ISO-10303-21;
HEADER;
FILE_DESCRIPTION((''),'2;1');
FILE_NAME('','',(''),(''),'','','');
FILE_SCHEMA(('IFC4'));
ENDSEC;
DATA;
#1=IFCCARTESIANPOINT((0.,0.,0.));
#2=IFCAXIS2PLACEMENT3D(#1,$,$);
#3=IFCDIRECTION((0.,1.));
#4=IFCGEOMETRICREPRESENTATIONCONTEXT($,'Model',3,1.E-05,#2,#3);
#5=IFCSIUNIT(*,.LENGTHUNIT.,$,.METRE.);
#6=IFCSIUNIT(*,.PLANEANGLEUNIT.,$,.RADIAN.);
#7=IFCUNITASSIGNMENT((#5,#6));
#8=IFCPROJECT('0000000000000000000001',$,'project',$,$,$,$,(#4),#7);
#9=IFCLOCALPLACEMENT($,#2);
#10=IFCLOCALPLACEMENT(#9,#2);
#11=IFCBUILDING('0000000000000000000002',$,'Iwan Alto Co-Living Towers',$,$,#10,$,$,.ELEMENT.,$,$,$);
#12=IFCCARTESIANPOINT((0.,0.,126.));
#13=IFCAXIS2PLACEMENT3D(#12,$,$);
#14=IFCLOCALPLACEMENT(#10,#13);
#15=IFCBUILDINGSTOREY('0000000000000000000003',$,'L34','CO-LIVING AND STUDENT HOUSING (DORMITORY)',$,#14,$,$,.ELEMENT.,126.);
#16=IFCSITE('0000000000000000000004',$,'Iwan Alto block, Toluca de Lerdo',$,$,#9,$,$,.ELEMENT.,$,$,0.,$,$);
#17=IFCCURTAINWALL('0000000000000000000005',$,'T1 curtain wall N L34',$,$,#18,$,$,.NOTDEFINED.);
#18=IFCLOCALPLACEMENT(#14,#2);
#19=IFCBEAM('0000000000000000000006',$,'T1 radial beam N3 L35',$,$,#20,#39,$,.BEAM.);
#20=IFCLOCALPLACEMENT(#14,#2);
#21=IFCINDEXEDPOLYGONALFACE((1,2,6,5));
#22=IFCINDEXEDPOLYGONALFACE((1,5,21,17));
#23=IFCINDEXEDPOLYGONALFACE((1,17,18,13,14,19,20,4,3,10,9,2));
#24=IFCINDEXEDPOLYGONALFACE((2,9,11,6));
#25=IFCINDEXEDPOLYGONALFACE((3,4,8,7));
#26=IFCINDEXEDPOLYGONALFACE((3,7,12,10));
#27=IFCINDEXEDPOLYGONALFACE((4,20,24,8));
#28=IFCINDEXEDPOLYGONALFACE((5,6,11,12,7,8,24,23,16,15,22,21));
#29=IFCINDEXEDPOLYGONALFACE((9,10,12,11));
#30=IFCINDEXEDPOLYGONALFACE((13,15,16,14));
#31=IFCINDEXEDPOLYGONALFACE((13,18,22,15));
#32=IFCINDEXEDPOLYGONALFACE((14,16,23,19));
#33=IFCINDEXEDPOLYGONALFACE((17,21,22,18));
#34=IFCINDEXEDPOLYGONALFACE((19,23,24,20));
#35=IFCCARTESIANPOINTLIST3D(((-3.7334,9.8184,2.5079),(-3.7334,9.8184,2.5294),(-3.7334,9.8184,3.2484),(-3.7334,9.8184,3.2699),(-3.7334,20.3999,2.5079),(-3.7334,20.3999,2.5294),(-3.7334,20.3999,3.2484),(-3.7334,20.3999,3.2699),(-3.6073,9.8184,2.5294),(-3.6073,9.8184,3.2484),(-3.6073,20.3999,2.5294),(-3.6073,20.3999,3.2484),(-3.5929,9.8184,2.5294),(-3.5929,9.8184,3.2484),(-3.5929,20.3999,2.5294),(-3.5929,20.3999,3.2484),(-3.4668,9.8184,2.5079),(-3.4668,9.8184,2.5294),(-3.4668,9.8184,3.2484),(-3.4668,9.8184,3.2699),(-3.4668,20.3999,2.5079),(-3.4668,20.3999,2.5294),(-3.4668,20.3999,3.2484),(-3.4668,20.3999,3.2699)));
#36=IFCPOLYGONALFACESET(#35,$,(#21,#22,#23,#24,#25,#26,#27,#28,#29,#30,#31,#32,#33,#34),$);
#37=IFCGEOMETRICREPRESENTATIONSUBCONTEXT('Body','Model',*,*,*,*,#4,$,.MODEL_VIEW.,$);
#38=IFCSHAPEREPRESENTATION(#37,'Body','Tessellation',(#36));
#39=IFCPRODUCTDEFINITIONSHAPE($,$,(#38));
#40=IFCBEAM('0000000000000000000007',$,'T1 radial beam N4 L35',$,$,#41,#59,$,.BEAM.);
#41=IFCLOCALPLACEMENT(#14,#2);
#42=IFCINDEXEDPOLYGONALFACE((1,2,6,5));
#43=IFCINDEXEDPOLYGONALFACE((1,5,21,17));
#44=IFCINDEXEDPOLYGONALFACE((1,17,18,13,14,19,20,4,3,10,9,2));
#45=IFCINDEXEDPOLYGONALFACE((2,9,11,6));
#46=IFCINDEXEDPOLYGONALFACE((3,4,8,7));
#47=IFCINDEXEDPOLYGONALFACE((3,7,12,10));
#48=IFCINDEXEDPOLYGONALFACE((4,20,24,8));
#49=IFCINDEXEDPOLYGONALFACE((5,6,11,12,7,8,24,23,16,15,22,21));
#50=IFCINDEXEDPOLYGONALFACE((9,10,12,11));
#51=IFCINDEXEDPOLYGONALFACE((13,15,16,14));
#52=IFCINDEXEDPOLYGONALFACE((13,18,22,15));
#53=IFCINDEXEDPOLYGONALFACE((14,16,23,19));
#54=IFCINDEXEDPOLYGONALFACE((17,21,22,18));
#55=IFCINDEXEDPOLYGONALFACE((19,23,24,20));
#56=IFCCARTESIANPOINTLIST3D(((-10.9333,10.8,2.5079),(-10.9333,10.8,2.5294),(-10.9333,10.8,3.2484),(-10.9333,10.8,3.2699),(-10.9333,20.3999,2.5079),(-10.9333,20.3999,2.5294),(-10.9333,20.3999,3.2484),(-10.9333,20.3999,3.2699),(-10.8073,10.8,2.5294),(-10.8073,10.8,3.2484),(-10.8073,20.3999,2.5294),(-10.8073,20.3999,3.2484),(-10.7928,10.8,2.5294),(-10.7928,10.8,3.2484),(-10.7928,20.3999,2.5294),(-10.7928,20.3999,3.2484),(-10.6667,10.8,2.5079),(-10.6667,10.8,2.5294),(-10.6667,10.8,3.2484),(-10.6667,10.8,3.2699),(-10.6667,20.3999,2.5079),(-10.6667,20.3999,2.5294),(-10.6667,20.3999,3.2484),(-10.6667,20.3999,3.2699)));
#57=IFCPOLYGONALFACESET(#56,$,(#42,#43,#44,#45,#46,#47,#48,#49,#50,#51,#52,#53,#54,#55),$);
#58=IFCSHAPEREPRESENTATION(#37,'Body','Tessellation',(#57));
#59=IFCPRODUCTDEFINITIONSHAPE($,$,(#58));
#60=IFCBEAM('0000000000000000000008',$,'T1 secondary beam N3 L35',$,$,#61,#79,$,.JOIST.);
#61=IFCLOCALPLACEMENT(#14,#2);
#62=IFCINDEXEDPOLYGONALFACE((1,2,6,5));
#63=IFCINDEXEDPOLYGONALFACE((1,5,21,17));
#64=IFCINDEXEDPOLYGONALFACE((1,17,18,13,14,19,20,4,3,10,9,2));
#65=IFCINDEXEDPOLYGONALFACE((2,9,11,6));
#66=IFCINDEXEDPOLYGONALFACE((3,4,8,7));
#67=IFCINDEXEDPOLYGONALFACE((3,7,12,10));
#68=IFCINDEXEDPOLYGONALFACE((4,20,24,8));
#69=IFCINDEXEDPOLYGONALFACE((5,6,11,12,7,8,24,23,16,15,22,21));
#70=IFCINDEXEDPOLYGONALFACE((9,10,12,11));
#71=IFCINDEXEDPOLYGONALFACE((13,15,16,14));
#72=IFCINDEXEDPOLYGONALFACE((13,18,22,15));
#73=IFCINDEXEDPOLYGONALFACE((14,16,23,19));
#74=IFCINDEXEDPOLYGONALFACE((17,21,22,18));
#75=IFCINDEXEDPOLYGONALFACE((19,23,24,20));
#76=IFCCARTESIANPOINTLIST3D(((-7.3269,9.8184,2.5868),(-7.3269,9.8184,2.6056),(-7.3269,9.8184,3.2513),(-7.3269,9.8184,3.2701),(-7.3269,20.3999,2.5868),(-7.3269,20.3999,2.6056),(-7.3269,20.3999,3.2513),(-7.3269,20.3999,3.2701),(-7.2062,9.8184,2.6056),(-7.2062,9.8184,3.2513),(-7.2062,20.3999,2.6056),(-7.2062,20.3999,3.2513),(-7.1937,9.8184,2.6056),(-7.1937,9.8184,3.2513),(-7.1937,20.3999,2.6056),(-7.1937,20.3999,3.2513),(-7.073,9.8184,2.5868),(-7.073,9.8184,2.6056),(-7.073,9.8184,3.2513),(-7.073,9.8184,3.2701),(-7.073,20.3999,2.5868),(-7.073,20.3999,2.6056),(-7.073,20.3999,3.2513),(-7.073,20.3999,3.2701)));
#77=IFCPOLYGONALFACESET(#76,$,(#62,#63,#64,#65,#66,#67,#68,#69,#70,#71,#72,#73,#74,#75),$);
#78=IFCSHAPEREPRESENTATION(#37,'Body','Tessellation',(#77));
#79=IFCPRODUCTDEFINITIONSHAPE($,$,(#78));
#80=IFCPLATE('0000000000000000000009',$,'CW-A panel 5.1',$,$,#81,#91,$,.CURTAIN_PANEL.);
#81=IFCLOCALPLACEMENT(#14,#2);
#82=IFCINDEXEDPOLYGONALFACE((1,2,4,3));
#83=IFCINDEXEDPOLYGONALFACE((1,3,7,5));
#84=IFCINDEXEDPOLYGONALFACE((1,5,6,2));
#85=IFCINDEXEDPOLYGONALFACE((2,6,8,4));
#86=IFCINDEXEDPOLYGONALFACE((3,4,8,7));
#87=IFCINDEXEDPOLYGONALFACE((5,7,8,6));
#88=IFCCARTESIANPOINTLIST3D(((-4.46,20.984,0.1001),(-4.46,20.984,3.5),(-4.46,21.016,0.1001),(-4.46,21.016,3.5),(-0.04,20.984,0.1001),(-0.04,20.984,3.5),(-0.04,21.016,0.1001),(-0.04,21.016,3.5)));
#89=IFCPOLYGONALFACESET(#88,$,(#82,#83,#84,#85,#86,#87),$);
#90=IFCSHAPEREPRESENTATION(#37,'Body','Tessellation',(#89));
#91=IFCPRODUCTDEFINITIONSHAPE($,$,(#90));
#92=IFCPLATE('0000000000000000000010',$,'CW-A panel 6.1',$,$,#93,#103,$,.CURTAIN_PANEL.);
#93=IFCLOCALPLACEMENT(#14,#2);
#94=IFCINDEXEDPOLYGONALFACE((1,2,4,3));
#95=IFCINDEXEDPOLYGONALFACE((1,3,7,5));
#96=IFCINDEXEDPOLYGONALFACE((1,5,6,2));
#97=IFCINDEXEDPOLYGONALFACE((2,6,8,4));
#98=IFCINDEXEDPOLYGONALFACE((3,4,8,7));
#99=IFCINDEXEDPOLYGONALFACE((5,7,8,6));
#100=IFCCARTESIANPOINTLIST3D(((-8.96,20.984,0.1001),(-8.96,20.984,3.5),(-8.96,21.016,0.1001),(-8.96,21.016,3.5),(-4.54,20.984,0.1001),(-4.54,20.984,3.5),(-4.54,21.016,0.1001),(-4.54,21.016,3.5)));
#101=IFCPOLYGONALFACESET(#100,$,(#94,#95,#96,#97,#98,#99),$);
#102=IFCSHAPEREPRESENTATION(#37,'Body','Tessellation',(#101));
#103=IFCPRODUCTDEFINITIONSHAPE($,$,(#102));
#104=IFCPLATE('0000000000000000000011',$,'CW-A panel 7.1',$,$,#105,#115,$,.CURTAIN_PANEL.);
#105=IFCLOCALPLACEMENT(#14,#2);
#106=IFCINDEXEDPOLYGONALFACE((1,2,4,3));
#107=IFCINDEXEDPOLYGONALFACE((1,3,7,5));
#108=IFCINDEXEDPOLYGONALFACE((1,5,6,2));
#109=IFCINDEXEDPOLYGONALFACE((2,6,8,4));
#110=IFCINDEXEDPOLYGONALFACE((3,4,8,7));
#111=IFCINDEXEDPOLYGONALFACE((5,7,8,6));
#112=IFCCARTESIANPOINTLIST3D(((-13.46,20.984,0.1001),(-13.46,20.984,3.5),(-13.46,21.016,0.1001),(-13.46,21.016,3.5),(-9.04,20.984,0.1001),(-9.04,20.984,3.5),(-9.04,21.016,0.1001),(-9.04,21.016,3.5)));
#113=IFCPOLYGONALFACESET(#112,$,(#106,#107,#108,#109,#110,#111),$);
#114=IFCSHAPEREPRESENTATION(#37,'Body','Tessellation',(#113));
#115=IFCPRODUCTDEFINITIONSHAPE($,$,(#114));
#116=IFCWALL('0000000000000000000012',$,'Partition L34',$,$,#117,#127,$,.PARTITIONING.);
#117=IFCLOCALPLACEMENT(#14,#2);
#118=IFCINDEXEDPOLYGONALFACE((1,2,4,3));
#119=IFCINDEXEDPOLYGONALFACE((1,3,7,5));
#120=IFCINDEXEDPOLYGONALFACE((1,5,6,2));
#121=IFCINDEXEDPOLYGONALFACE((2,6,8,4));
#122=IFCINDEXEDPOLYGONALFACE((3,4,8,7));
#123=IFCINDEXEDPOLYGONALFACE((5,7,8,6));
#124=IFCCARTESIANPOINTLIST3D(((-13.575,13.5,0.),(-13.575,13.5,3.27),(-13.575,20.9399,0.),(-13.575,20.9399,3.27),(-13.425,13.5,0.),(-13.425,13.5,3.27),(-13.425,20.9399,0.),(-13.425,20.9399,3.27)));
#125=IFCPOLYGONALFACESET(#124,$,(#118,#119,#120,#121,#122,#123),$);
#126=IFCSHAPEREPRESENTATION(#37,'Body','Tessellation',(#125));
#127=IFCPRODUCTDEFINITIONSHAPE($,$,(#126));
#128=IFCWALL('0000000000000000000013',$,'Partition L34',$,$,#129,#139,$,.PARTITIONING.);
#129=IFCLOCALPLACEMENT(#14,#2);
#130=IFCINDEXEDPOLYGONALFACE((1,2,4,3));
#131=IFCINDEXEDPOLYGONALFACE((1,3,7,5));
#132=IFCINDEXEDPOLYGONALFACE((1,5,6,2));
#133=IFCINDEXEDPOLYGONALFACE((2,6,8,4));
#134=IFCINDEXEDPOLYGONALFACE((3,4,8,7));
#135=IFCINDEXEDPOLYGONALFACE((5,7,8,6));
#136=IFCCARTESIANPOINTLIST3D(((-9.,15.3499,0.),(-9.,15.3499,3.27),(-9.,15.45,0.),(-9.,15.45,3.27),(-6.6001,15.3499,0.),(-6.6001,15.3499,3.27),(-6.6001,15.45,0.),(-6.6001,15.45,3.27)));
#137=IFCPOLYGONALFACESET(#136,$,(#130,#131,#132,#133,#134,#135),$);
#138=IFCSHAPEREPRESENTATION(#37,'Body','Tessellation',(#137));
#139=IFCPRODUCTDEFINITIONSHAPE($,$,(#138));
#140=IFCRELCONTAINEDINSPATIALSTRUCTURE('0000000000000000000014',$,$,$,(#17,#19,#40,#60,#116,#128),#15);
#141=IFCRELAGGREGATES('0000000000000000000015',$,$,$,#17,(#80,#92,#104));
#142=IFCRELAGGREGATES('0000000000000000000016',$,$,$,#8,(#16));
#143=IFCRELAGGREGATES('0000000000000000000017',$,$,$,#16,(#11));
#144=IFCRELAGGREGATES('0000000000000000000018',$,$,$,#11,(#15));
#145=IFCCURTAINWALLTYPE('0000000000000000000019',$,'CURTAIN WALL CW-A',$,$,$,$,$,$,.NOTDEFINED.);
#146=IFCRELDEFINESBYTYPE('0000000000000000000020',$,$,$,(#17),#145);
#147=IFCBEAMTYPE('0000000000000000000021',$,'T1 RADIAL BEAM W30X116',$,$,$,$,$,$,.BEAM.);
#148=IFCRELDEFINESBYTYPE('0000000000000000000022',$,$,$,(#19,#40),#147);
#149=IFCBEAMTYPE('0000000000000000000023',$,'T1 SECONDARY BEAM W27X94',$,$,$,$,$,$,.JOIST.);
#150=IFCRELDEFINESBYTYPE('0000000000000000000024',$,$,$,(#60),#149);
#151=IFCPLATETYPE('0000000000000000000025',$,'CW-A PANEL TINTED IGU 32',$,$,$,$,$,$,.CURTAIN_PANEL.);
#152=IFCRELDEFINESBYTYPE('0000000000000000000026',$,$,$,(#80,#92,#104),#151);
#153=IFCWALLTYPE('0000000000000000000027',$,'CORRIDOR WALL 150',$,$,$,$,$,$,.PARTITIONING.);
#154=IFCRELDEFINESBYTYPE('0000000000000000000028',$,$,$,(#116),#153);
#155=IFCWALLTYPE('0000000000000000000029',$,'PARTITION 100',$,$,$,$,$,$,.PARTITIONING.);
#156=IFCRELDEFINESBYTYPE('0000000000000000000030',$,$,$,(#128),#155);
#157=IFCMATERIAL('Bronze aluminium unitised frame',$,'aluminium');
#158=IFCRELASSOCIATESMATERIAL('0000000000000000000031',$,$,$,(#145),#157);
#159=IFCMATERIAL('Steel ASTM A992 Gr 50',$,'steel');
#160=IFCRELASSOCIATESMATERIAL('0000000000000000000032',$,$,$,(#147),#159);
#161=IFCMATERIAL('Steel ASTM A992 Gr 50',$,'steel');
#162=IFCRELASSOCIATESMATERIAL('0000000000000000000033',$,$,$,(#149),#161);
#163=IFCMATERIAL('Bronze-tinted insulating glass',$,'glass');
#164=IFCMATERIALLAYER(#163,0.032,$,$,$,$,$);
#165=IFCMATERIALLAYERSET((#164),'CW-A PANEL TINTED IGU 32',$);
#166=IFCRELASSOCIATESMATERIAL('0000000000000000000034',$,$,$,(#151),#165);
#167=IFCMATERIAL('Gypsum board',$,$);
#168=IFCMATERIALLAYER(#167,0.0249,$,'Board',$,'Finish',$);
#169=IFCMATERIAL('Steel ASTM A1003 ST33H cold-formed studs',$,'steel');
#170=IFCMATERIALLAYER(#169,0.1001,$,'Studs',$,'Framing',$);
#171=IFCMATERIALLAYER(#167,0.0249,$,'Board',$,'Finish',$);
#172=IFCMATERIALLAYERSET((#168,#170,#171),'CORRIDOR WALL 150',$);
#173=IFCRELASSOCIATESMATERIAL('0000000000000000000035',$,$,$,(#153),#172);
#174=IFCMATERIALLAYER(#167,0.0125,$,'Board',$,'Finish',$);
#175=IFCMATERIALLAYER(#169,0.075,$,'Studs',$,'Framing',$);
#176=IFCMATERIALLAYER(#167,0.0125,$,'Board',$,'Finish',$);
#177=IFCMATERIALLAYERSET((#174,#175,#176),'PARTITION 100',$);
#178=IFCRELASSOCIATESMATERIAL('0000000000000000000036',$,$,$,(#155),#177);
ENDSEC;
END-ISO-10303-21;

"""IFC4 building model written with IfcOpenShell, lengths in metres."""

from ifc_helpers import new_model, si_unit, direction, frame, frame_2d, origin, origin_2d, place, context, subcontext, project, spatial, rectangle, i_section, extrude, material, layer, layer_set, material_profile, profile_set, type_object, element, aggregate, save


model = new_model("IFC4")

# Units and contexts
model_context = context("Model", 3, precision=1e-05, world=origin(), true_north=direction((0.0, 1.0)))
body_context = subcontext(model_context, "Body", "Model", "MODEL_VIEW")
ifc_project = project(units=[si_unit("LENGTHUNIT", "METRE"), si_unit("PLANEANGLEUNIT", "RADIAN")], contexts=[model_context])

# Site, building, storey
site_placement = place(None, origin())
site = spatial("IfcSite", under=ifc_project, at=site_placement, Name="Iwan Alto block, Toluca de Lerdo", CompositionType="ELEMENT", RefElevation=0.0)
building_placement = place(site_placement, origin())
building = spatial("IfcBuilding", under=site, at=building_placement, Name="Iwan Alto Co-Living Towers", CompositionType="ELEMENT")
storey_placement = place(building_placement, frame((0.0, 0.0, 126.0)))
storey = spatial("IfcBuildingStorey", under=building, at=storey_placement, Name="L34", Description="CO-LIVING AND STUDENT HOUSING (DORMITORY)", CompositionType="ELEMENT", Elevation=126.0)

# Curtain wall
ifc_material_1 = material(Name="Bronze aluminium unitised frame", Category="aluminium")
curtain_wall_type = type_object("IfcCurtainWallType", Name="CURTAIN WALL CW-A", PredefinedType="NOTDEFINED", material=ifc_material_1)
curtain_wall_placement = place(storey_placement, origin())
curtain_wall = element("IfcCurtainWall", 1, at=curtain_wall_placement, inside=storey, type_object=curtain_wall_type, Name="T1 curtain wall N L34", PredefinedType="NOTDEFINED")

# Beams
ifc_material_2 = material(Name="Steel ASTM A992 Gr 50", Category="steel")
ifc_material_profile_1 = material_profile(ifc_material_2, i_section(OverallWidth=0.2666, OverallDepth=0.762, WebThickness=0.0144, FlangeThickness=0.0215, at=origin_2d()), Name="W30X116")
ifc_profile_set_1 = profile_set([ifc_material_profile_1], Name="Steel ASTM A992 Gr 50")
beam_type_1 = type_object("IfcBeamType", Name="T1 RADIAL BEAM W30X116", PredefinedType="BEAM", material=ifc_profile_set_1)
beam_1_placement = place(storey_placement, frame((-3.6001, 20.3999, 2.8889), z_axis=(0.0, -1.0, 0.0), x_axis=(1.0, 0.0, 0.0)))
element("IfcBeam", 2, at=beam_1_placement, inside=storey, type_object=beam_type_1, Name="T1 radial beam N3 L35", PredefinedType="BEAM", context=body_context, shape_type="SweptSolid", body=[
    extrude(i_section(OverallWidth=0.2666, OverallDepth=0.762, WebThickness=0.0144, FlangeThickness=0.0215, at=origin_2d()), origin(), (0.0, 0.0, 1.0), 10.5815),
])
beam_2_placement = place(storey_placement, frame((-10.8, 20.3999, 2.8889), z_axis=(0.0, -1.0, 0.0), x_axis=(1.0, 0.0, 0.0)))
element("IfcBeam", 3, at=beam_2_placement, inside=storey, type_object=beam_type_1, Name="T1 radial beam N4 L35", PredefinedType="BEAM", context=body_context, shape_type="SweptSolid", body=[
    extrude(i_section(OverallWidth=0.2666, OverallDepth=0.762, WebThickness=0.0144, FlangeThickness=0.0215, at=origin_2d()), origin(), (0.0, 0.0, 1.0), 9.5999),
])
ifc_material_3 = material(Name="Steel ASTM A992 Gr 50", Category="steel")
ifc_material_profile_2 = material_profile(ifc_material_3, i_section(OverallWidth=0.2539, OverallDepth=0.6833, WebThickness=0.0125, FlangeThickness=0.0188, at=origin_2d()), Name="W27X94")
ifc_profile_set_2 = profile_set([ifc_material_profile_2], Name="Steel ASTM A992 Gr 50")
beam_type_2 = type_object("IfcBeamType", Name="T1 SECONDARY BEAM W27X94", PredefinedType="JOIST", material=ifc_profile_set_2)
beam_3_placement = place(storey_placement, frame((-7.2, 20.3999, 2.9285), z_axis=(0.0, -1.0, 0.0), x_axis=(1.0, 0.0, 0.0)))
element("IfcBeam", 4, at=beam_3_placement, inside=storey, type_object=beam_type_2, Name="T1 secondary beam N3 L35", PredefinedType="JOIST", context=body_context, shape_type="SweptSolid", body=[
    extrude(i_section(OverallWidth=0.2539, OverallDepth=0.6833, WebThickness=0.0125, FlangeThickness=0.0188, at=origin_2d()), origin(), (0.0, 0.0, 1.0), 10.5815),
])

# Plates
ifc_material_4 = material(Name="Bronze-tinted insulating glass", Category="glass")
ifc_layer_1 = layer(ifc_material_4, 0.032)
ifc_layer_set_1 = layer_set([ifc_layer_1], Name="CW-A PANEL TINTED IGU 32")
plate_type = type_object("IfcPlateType", Name="CW-A PANEL TINTED IGU 32", PredefinedType="CURTAIN_PANEL", material=ifc_layer_set_1)
plate_1_placement = place(storey_placement, frame((-2.25, 21.0, 0.1001), z_axis=(0.0, 0.0, 1.0), x_axis=(-1.0, 0.0, 0.0)))
plate_1 = element("IfcPlate", 5, at=plate_1_placement, type_object=plate_type, Name="CW-A panel 5.1", PredefinedType="CURTAIN_PANEL", context=body_context, shape_type="SweptSolid", body=[
    extrude(rectangle(XDim=4.4199, YDim=0.032, at=origin_2d()), origin(), (0.0, 0.0, 1.0), 3.3999),
])
plate_2_placement = place(storey_placement, frame((-6.75, 21.0, 0.1001), z_axis=(0.0, 0.0, 1.0), x_axis=(-1.0, 0.0, 0.0)))
plate_2 = element("IfcPlate", 6, at=plate_2_placement, type_object=plate_type, Name="CW-A panel 6.1", PredefinedType="CURTAIN_PANEL", context=body_context, shape_type="SweptSolid", body=[
    extrude(rectangle(XDim=4.4199, YDim=0.032, at=origin_2d()), origin(), (0.0, 0.0, 1.0), 3.3999),
])
plate_3_placement = place(storey_placement, frame((-11.25, 21.0, 0.1001), z_axis=(0.0, 0.0, 1.0), x_axis=(-1.0, 0.0, 0.0)))
plate_3 = element("IfcPlate", 7, at=plate_3_placement, type_object=plate_type, Name="CW-A panel 7.1", PredefinedType="CURTAIN_PANEL", context=body_context, shape_type="SweptSolid", body=[
    extrude(rectangle(XDim=4.4199, YDim=0.032, at=origin_2d()), origin(), (0.0, 0.0, 1.0), 3.3999),
])
aggregate(curtain_wall, [plate_1, plate_2, plate_3])

# Walls
ifc_material_5 = material(Name="Gypsum board")
ifc_layer_2 = layer(ifc_material_5, 0.0249, Name="Board", Category="Finish")
ifc_material_6 = material(Name="Steel ASTM A1003 ST33H cold-formed studs", Category="steel")
ifc_layer_3 = layer(ifc_material_6, 0.1001, Name="Studs", Category="Framing")
ifc_layer_4 = layer(ifc_material_5, 0.0249, Name="Board", Category="Finish")
ifc_layer_set_2 = layer_set([ifc_layer_2, ifc_layer_3, ifc_layer_4], Name="CORRIDOR WALL 150")
wall_type_1 = type_object("IfcWallType", Name="CORRIDOR WALL 150", PredefinedType="PARTITIONING", material=ifc_layer_set_2)
wall_1_placement = place(storey_placement, frame((-13.5, 13.5, 0.0), z_axis=(0.0, 0.0, 1.0), x_axis=(0.0, 1.0, 0.0)))
element("IfcWall", 8, at=wall_1_placement, inside=storey, type_object=wall_type_1, Name="Partition L34", PredefinedType="PARTITIONING", context=body_context, shape_type="SweptSolid", body=[
    extrude(rectangle(XDim=7.4399, YDim=0.1499, at=frame_2d((3.72, 0.0))), origin(), (0.0, 0.0, 1.0), 3.27),
])
ifc_layer_5 = layer(ifc_material_5, 0.0125, Name="Board", Category="Finish")
ifc_layer_6 = layer(ifc_material_6, 0.075, Name="Studs", Category="Framing")
ifc_layer_7 = layer(ifc_material_5, 0.0125, Name="Board", Category="Finish")
ifc_layer_set_3 = layer_set([ifc_layer_5, ifc_layer_6, ifc_layer_7], Name="PARTITION 100")
wall_type_2 = type_object("IfcWallType", Name="PARTITION 100", PredefinedType="PARTITIONING", material=ifc_layer_set_3)
wall_2_placement = place(storey_placement, frame((-9.0, 15.3999, 0.0), z_axis=(0.0, 0.0, 1.0), x_axis=(1.0, 0.0, 0.0)))
element("IfcWall", 9, at=wall_2_placement, inside=storey, type_object=wall_type_2, Name="Partition L34", PredefinedType="PARTITIONING", context=body_context, shape_type="SweptSolid", body=[
    extrude(rectangle(XDim=2.3999, YDim=0.1001, at=frame_2d((1.2, 0.0))), origin(), (0.0, 0.0, 1.0), 3.27),
])

save(model, "model.ifc")
